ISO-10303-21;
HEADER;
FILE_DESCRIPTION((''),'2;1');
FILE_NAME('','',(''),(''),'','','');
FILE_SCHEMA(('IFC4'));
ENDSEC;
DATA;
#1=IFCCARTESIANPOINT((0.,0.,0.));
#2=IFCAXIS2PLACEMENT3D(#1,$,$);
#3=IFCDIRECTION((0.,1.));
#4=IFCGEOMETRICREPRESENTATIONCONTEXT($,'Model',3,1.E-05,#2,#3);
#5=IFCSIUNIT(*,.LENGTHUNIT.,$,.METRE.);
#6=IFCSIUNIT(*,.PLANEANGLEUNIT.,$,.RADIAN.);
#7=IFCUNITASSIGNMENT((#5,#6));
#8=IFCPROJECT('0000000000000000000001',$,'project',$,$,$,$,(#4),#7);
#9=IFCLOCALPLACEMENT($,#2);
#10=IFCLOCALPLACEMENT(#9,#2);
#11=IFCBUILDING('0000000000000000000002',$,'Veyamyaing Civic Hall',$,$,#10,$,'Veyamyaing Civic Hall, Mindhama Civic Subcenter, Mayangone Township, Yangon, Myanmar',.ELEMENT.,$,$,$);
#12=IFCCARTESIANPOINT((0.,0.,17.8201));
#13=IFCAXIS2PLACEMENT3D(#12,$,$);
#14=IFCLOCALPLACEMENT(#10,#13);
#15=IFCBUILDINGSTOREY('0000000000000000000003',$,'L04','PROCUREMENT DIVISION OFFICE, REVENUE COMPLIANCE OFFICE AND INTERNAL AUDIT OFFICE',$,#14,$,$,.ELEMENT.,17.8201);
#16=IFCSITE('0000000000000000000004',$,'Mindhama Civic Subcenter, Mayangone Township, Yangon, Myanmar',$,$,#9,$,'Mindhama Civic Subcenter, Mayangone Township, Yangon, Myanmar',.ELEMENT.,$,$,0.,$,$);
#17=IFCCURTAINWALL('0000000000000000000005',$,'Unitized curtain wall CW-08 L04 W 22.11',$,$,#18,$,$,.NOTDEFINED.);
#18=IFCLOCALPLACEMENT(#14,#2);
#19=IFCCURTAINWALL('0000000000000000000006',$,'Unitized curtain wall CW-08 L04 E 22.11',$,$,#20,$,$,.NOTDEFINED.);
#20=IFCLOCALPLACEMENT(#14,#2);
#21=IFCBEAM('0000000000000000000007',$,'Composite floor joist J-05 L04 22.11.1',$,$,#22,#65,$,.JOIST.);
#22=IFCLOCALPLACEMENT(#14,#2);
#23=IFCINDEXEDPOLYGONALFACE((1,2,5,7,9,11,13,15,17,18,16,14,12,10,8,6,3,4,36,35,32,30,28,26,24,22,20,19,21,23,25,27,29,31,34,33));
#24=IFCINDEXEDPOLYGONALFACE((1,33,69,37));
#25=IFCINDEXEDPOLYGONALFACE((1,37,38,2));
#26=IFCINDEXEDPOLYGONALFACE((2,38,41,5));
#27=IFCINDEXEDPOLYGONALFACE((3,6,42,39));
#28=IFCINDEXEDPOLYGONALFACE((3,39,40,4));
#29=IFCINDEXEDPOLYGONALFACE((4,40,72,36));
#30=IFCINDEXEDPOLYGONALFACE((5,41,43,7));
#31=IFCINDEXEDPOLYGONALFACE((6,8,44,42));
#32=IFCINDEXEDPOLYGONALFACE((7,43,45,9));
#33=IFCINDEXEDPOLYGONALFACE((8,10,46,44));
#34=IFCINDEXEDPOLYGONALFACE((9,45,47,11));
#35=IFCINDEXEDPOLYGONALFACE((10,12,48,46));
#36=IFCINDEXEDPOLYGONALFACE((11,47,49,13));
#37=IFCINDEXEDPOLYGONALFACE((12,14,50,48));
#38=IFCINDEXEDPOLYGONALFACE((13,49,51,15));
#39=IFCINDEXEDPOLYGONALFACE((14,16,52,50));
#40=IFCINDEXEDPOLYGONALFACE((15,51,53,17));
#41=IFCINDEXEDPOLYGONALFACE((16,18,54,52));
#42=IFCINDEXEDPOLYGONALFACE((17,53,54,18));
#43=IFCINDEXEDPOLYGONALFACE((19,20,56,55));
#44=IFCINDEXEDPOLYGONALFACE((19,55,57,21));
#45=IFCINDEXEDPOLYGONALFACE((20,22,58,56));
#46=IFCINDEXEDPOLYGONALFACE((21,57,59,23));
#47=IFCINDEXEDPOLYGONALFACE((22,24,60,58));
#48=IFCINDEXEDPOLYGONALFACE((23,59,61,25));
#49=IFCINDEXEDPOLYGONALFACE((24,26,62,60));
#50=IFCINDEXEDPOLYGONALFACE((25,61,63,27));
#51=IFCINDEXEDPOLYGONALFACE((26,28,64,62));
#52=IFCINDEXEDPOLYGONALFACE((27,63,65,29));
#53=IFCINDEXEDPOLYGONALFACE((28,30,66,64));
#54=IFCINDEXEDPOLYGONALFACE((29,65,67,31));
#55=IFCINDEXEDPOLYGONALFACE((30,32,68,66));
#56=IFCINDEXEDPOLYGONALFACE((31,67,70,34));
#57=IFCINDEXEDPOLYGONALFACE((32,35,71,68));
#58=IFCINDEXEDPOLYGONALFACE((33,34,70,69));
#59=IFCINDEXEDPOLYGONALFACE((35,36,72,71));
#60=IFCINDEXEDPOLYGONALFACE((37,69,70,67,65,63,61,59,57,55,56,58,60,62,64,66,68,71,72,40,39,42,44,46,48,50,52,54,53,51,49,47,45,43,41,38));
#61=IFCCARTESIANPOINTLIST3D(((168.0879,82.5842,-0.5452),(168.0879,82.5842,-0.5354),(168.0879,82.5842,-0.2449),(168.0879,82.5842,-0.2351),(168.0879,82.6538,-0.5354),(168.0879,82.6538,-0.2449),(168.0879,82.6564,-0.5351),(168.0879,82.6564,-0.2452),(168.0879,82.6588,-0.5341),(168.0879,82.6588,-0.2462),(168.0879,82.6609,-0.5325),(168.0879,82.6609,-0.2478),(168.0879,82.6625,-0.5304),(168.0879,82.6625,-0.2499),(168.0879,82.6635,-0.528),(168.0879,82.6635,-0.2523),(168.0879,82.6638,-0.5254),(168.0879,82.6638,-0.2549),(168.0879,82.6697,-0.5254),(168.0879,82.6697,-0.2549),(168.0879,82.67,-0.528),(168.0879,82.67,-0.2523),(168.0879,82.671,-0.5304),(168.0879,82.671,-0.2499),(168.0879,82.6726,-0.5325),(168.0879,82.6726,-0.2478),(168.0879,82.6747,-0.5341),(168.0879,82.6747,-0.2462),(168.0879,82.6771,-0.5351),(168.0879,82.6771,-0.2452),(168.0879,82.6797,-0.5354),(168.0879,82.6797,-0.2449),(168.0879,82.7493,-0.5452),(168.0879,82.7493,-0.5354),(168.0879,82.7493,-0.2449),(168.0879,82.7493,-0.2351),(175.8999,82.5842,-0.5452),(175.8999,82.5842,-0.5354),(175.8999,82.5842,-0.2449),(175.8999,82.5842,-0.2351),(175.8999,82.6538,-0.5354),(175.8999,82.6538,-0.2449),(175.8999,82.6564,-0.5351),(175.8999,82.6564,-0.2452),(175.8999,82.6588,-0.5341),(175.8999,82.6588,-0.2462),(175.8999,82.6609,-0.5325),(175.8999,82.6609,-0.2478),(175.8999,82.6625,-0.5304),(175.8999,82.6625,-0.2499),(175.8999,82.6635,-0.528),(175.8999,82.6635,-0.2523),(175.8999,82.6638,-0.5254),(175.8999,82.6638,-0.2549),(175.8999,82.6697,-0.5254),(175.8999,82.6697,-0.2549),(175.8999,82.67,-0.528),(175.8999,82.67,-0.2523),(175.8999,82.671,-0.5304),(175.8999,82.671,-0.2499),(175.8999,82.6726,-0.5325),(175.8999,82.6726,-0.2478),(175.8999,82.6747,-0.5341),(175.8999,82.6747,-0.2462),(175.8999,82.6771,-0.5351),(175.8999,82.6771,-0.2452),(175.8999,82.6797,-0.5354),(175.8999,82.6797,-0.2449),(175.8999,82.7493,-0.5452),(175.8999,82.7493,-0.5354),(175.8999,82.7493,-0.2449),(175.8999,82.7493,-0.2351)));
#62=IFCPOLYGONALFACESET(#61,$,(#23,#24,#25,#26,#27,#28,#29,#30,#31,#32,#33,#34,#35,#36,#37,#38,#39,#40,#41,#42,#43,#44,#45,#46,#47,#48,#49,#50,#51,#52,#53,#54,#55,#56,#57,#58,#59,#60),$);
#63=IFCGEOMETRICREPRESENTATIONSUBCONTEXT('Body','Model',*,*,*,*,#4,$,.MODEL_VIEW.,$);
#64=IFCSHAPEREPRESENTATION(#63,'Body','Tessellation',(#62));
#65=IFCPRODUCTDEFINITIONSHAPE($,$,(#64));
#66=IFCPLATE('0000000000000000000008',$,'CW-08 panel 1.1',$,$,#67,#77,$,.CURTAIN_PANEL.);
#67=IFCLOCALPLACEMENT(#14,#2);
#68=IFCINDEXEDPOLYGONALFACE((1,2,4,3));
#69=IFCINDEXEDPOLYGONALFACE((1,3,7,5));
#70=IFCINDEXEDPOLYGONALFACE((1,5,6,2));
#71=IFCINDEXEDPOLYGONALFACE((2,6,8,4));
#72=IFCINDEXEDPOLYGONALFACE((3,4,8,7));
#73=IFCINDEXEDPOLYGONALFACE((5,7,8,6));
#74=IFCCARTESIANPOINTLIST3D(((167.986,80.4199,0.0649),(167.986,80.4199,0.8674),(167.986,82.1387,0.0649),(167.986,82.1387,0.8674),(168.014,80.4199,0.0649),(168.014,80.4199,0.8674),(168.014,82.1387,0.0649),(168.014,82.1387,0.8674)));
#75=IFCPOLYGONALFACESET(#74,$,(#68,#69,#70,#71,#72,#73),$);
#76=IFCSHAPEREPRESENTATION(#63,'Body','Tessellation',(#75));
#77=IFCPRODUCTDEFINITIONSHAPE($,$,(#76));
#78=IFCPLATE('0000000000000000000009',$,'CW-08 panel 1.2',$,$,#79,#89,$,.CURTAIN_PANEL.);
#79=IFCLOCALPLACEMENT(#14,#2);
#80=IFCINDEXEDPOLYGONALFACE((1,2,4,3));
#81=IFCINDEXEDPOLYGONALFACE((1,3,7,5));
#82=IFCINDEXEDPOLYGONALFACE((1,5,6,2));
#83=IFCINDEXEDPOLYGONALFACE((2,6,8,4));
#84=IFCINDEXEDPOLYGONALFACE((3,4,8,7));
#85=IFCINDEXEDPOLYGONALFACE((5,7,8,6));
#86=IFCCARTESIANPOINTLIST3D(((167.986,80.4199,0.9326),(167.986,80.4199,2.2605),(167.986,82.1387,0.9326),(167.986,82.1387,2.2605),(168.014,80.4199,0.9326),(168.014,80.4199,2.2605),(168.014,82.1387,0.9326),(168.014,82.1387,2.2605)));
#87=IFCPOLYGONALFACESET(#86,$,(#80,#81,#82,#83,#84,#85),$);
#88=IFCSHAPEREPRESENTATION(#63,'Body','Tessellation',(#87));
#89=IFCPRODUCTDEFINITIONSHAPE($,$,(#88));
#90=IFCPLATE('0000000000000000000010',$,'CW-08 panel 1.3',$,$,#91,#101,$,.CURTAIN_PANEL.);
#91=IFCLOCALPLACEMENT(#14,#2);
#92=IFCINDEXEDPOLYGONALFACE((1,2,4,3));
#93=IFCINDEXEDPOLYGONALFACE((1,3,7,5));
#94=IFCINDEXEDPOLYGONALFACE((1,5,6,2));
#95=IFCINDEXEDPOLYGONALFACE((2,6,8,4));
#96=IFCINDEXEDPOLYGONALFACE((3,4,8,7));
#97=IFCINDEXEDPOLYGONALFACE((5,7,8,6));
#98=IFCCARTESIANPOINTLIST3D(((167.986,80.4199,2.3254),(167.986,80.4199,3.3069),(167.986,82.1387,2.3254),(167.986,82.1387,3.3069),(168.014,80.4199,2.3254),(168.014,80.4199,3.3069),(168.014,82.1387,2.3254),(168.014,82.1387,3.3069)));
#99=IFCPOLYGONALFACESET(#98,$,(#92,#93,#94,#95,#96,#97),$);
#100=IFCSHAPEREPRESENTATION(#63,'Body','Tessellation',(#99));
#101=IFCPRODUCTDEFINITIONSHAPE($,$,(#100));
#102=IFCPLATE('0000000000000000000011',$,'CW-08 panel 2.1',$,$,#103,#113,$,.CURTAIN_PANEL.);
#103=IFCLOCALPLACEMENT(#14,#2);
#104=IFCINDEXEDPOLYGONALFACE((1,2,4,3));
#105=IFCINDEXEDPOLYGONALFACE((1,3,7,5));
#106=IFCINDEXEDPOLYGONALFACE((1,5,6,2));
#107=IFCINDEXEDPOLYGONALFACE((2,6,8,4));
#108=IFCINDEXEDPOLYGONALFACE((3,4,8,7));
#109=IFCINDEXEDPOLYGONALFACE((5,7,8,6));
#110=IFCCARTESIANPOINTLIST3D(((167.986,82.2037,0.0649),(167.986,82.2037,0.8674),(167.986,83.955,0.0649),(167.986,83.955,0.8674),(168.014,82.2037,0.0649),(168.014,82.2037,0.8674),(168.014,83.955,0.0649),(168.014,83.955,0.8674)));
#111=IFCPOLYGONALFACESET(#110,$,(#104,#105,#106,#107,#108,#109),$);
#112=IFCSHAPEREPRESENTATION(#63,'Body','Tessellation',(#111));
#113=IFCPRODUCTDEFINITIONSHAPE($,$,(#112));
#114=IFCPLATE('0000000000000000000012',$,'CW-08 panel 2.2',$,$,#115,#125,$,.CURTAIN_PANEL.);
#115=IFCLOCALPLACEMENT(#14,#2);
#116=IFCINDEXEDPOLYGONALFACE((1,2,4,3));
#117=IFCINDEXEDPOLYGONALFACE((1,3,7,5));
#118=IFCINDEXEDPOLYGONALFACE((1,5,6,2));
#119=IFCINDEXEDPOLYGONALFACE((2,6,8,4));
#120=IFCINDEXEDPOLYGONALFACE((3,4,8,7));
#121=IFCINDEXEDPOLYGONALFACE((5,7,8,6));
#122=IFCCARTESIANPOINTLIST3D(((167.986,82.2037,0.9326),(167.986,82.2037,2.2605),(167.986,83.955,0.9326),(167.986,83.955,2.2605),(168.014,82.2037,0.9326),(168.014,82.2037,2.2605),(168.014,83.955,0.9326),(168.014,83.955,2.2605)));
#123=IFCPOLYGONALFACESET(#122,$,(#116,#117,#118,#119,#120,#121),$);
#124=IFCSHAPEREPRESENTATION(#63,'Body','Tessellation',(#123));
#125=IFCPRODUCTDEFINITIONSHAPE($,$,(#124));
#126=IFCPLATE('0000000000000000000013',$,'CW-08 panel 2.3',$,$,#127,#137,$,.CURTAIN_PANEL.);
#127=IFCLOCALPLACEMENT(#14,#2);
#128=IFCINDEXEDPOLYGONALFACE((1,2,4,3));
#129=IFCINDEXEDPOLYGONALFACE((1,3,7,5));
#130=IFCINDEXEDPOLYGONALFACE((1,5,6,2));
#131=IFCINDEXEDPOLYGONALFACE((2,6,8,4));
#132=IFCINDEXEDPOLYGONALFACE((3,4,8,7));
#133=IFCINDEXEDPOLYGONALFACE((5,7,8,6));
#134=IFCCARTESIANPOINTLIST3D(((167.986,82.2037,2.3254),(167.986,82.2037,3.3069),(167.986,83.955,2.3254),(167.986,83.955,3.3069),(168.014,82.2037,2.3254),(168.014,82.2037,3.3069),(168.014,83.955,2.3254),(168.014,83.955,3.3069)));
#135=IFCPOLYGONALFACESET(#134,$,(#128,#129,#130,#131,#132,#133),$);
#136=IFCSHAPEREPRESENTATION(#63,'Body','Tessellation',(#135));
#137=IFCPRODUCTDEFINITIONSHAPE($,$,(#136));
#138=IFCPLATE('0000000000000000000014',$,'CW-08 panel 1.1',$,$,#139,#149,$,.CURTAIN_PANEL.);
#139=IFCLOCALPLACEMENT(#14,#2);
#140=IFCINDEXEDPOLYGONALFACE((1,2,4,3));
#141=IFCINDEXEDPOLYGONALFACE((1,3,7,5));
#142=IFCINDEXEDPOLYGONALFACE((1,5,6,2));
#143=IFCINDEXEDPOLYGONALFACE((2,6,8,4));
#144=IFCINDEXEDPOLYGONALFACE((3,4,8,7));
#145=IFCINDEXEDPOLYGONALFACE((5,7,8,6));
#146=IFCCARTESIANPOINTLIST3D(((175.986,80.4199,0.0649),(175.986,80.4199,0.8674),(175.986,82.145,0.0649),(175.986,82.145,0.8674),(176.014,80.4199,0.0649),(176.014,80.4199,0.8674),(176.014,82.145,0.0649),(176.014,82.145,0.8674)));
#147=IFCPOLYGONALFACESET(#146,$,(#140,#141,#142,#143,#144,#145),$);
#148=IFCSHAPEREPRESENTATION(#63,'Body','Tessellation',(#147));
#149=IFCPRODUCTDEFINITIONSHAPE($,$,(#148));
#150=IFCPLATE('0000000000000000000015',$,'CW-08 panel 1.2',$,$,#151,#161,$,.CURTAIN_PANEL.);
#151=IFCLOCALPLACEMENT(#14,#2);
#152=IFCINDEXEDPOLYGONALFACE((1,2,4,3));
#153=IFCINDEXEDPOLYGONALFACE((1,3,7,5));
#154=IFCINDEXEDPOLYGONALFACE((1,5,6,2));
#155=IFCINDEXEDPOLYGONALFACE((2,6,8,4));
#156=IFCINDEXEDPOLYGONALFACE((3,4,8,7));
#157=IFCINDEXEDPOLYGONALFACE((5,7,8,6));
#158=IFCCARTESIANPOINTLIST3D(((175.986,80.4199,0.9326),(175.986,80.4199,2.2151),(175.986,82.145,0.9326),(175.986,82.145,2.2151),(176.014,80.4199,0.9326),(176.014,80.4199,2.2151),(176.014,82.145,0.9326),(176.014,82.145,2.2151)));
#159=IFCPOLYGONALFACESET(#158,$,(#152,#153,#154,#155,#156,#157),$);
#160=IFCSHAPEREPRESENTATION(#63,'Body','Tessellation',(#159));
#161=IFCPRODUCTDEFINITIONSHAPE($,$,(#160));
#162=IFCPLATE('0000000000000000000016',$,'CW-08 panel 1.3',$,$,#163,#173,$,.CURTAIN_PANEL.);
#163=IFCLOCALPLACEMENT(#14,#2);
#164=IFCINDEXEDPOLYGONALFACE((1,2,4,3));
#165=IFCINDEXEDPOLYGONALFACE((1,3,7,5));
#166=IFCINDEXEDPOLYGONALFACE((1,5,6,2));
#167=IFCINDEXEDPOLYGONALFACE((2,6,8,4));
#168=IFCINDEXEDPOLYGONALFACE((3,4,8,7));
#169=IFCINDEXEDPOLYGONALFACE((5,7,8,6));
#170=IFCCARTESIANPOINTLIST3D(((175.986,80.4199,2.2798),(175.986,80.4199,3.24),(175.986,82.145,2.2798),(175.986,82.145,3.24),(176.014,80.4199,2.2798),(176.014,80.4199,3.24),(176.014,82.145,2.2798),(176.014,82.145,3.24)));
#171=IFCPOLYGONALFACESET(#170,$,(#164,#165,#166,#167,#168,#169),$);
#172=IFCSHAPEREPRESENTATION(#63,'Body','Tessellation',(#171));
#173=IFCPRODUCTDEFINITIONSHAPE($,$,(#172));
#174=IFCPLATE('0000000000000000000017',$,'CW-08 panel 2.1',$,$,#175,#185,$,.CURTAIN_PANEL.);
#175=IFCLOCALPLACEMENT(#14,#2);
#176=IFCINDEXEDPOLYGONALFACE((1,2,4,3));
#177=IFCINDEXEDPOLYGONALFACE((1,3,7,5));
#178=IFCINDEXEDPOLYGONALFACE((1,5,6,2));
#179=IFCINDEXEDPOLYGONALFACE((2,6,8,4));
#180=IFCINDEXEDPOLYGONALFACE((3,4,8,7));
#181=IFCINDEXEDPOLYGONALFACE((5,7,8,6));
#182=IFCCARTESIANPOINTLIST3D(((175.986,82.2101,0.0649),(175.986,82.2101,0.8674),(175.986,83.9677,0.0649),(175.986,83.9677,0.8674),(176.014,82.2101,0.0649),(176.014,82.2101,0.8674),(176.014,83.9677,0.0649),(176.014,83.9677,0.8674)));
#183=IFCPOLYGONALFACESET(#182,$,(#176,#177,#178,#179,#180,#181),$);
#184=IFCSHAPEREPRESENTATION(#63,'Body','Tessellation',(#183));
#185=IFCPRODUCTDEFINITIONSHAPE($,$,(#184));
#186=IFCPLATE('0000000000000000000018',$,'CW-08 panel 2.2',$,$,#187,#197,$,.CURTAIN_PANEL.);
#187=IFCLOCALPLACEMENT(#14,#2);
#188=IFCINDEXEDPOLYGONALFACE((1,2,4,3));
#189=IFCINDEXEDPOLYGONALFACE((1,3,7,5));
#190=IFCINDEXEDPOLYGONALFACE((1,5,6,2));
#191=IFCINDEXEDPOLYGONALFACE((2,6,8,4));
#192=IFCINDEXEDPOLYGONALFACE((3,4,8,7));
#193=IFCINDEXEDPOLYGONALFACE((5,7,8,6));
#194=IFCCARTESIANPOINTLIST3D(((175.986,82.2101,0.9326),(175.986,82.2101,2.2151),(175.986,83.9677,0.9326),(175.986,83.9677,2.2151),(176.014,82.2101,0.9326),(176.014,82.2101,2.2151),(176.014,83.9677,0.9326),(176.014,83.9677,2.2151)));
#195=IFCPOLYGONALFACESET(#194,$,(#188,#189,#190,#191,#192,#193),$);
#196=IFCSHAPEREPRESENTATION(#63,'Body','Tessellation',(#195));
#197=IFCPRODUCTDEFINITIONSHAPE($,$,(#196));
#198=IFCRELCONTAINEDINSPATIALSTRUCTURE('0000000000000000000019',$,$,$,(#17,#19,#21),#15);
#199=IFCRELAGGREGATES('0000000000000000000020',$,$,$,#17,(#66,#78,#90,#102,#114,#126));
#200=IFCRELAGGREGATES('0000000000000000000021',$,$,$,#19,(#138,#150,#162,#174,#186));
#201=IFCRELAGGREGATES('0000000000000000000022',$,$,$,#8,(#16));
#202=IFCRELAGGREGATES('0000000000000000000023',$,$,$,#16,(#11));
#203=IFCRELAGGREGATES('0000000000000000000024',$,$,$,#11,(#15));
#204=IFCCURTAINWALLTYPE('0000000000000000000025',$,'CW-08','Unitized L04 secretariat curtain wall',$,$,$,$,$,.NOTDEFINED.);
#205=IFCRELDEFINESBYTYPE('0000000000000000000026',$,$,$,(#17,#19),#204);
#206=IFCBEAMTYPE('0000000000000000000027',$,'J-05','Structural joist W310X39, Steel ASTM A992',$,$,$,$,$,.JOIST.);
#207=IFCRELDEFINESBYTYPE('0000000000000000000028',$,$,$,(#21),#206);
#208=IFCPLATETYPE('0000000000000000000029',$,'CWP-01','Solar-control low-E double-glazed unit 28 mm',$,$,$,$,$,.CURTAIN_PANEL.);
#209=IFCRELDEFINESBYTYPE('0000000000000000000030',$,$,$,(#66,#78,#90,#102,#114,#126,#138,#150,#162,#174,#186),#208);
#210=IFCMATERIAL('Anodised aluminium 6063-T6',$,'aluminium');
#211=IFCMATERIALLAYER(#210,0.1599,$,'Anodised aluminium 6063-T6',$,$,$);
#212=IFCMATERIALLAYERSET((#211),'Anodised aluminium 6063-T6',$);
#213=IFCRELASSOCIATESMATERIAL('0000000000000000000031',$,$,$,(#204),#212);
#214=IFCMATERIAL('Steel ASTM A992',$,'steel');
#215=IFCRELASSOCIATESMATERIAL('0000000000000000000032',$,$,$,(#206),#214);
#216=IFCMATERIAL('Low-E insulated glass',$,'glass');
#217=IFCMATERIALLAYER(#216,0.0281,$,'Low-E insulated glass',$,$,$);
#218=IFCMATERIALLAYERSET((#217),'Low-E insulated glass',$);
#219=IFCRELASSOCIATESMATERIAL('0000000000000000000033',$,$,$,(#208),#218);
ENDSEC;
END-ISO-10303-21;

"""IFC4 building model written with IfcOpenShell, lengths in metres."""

from ifc_helpers import new_model, si_unit, direction, frame, origin, origin_2d, place, context, subcontext, project, spatial, rectangle, i_section, extrude, material, layer, layer_set, material_profile, profile_set, type_object, element, aggregate, save


model = new_model("IFC4")

# Units and contexts
model_context = context("Model", 3, precision=1e-05, world=origin(), true_north=direction((0.0, 1.0)))
body_context = subcontext(model_context, "Body", "Model", "MODEL_VIEW")
ifc_project = project(units=[si_unit("LENGTHUNIT", "METRE"), si_unit("PLANEANGLEUNIT", "RADIAN")], contexts=[model_context])

# Site, building, storey
site_placement = place(None, origin())
site = spatial("IfcSite", under=ifc_project, at=site_placement, Name="Mindhama Civic Subcenter, Mayangone Township, Yangon, Myanmar", LongName="Mindhama Civic Subcenter, Mayangone Township, Yangon, Myanmar", CompositionType="ELEMENT", RefElevation=0.0)
building_placement = place(site_placement, origin())
building = spatial("IfcBuilding", under=site, at=building_placement, Name="Veyamyaing Civic Hall", LongName="Veyamyaing Civic Hall, Mindhama Civic Subcenter, Mayangone Township, Yangon, Myanmar", CompositionType="ELEMENT")
storey_placement = place(building_placement, frame((0.0, 0.0, 17.8201)))
storey = spatial("IfcBuildingStorey", under=building, at=storey_placement, Name="L04", Description="PROCUREMENT DIVISION OFFICE, REVENUE COMPLIANCE OFFICE AND INTERNAL AUDIT OFFICE", CompositionType="ELEMENT", Elevation=17.8201)

# Curtain walls
ifc_material_1 = material(Name="Anodised aluminium 6063-T6", Category="aluminium")
ifc_layer_1 = layer(ifc_material_1, 0.1599, Name="Anodised aluminium 6063-T6")
ifc_layer_set_1 = layer_set([ifc_layer_1], Name="Anodised aluminium 6063-T6")
curtain_wall_type = type_object("IfcCurtainWallType", Name="CW-08", Description="Unitized L04 secretariat curtain wall", PredefinedType="NOTDEFINED", material=ifc_layer_set_1)
curtain_wall_1_placement = place(storey_placement, origin())
curtain_wall_1 = element("IfcCurtainWall", 1, at=curtain_wall_1_placement, inside=storey, type_object=curtain_wall_type, Name="Unitized curtain wall CW-08 L04 W 22.11", PredefinedType="NOTDEFINED")
curtain_wall_2_placement = place(storey_placement, origin())
curtain_wall_2 = element("IfcCurtainWall", 2, at=curtain_wall_2_placement, inside=storey, type_object=curtain_wall_type, Name="Unitized curtain wall CW-08 L04 E 22.11", PredefinedType="NOTDEFINED")

# Beam
ifc_material_2 = material(Name="Steel ASTM A992", Category="steel")
ifc_material_profile_1 = material_profile(ifc_material_2, i_section(OverallWidth=0.165, OverallDepth=0.3101, WebThickness=0.0059, FlangeThickness=0.0098, FilletRadius=0.01, at=origin_2d()), Name="W310X39")
ifc_profile_set_1 = profile_set([ifc_material_profile_1], Name="Steel ASTM A992")
beam_type = type_object("IfcBeamType", Name="J-05", Description="Structural joist W310X39, Steel ASTM A992", PredefinedType="JOIST", material=ifc_profile_set_1)
beam_placement = place(storey_placement, frame((168.0879, 82.6667, -0.3901), z_axis=(1.0, 0.0, 0.0), x_axis=(0.0, 1.0, 0.0)))
element("IfcBeam", 3, at=beam_placement, inside=storey, type_object=beam_type, Name="Composite floor joist J-05 L04 22.11.1", PredefinedType="JOIST", context=body_context, shape_type="SweptSolid", body=[
    extrude(i_section(OverallWidth=0.165, OverallDepth=0.3101, WebThickness=0.0059, FlangeThickness=0.0098, FilletRadius=0.01, at=origin_2d()), origin(), (0.0, 0.0, 1.0), 7.812),
])

# Plates
ifc_material_3 = material(Name="Low-E insulated glass", Category="glass")
ifc_layer_2 = layer(ifc_material_3, 0.0281, Name="Low-E insulated glass")
ifc_layer_set_2 = layer_set([ifc_layer_2], Name="Low-E insulated glass")
plate_type = type_object("IfcPlateType", Name="CWP-01", Description="Solar-control low-E double-glazed unit 28 mm", PredefinedType="CURTAIN_PANEL", material=ifc_layer_set_2)
plate_1_placement = place(storey_placement, frame((168.0, 81.2793, 0.0649), z_axis=(0.0, 0.0, 1.0), x_axis=(0.0, 1.0, 0.0)))
plate_1 = element("IfcPlate", 4, at=plate_1_placement, type_object=plate_type, Name="CW-08 panel 1.1", PredefinedType="CURTAIN_PANEL", context=body_context, shape_type="SweptSolid", body=[
    extrude(rectangle(XDim=1.7188, YDim=0.0281, at=origin_2d()), origin(), (0.0, 0.0, 1.0), 0.8025),
])
plate_2_placement = place(storey_placement, frame((168.0, 81.2793, 0.9326), z_axis=(0.0, 0.0, 1.0), x_axis=(0.0, 1.0, 0.0)))
plate_2 = element("IfcPlate", 5, at=plate_2_placement, type_object=plate_type, Name="CW-08 panel 1.2", PredefinedType="CURTAIN_PANEL", context=body_context, shape_type="SweptSolid", body=[
    extrude(rectangle(XDim=1.7188, YDim=0.0281, at=origin_2d()), origin(), (0.0, 0.0, 1.0), 1.3279),
])
plate_3_placement = place(storey_placement, frame((168.0, 81.2793, 2.3254), z_axis=(0.0, 0.0, 1.0), x_axis=(0.0, 1.0, 0.0)))
plate_3 = element("IfcPlate", 6, at=plate_3_placement, type_object=plate_type, Name="CW-08 panel 1.3", PredefinedType="CURTAIN_PANEL", context=body_context, shape_type="SweptSolid", body=[
    extrude(rectangle(XDim=1.7188, YDim=0.0281, at=origin_2d()), origin(), (0.0, 0.0, 1.0), 0.9814),
])
plate_4_placement = place(storey_placement, frame((168.0, 83.0793, 0.0649), z_axis=(0.0, 0.0, 1.0), x_axis=(0.0, 1.0, 0.0)))
plate_4 = element("IfcPlate", 7, at=plate_4_placement, type_object=plate_type, Name="CW-08 panel 2.1", PredefinedType="CURTAIN_PANEL", context=body_context, shape_type="SweptSolid", body=[
    extrude(rectangle(XDim=1.7512, YDim=0.0281, at=origin_2d()), origin(), (0.0, 0.0, 1.0), 0.8025),
])
plate_5_placement = place(storey_placement, frame((168.0, 83.0793, 0.9326), z_axis=(0.0, 0.0, 1.0), x_axis=(0.0, 1.0, 0.0)))
plate_5 = element("IfcPlate", 8, at=plate_5_placement, type_object=plate_type, Name="CW-08 panel 2.2", PredefinedType="CURTAIN_PANEL", context=body_context, shape_type="SweptSolid", body=[
    extrude(rectangle(XDim=1.7512, YDim=0.0281, at=origin_2d()), origin(), (0.0, 0.0, 1.0), 1.3279),
])
plate_6_placement = place(storey_placement, frame((168.0, 83.0793, 2.3254), z_axis=(0.0, 0.0, 1.0), x_axis=(0.0, 1.0, 0.0)))
plate_6 = element("IfcPlate", 9, at=plate_6_placement, type_object=plate_type, Name="CW-08 panel 2.3", PredefinedType="CURTAIN_PANEL", context=body_context, shape_type="SweptSolid", body=[
    extrude(rectangle(XDim=1.7512, YDim=0.0281, at=origin_2d()), origin(), (0.0, 0.0, 1.0), 0.9814),
])
aggregate(curtain_wall_1, [plate_1, plate_2, plate_3, plate_4, plate_5, plate_6])
plate_7_placement = place(storey_placement, frame((176.0, 81.2825, 0.0649), z_axis=(0.0, 0.0, 1.0), x_axis=(0.0, 1.0, 0.0)))
plate_7 = element("IfcPlate", 10, at=plate_7_placement, type_object=plate_type, Name="CW-08 panel 1.1", PredefinedType="CURTAIN_PANEL", context=body_context, shape_type="SweptSolid", body=[
    extrude(rectangle(XDim=1.7251, YDim=0.0281, at=origin_2d()), origin(), (0.0, 0.0, 1.0), 0.8025),
])
plate_8_placement = place(storey_placement, frame((176.0, 81.2825, 0.9326), z_axis=(0.0, 0.0, 1.0), x_axis=(0.0, 1.0, 0.0)))
plate_8 = element("IfcPlate", 11, at=plate_8_placement, type_object=plate_type, Name="CW-08 panel 1.2", PredefinedType="CURTAIN_PANEL", context=body_context, shape_type="SweptSolid", body=[
    extrude(rectangle(XDim=1.7251, YDim=0.0281, at=origin_2d()), origin(), (0.0, 0.0, 1.0), 1.2825),
])
plate_9_placement = place(storey_placement, frame((176.0, 81.2825, 2.2798), z_axis=(0.0, 0.0, 1.0), x_axis=(0.0, 1.0, 0.0)))
plate_9 = element("IfcPlate", 12, at=plate_9_placement, type_object=plate_type, Name="CW-08 panel 1.3", PredefinedType="CURTAIN_PANEL", context=body_context, shape_type="SweptSolid", body=[
    extrude(rectangle(XDim=1.7251, YDim=0.0281, at=origin_2d()), origin(), (0.0, 0.0, 1.0), 0.9602),
])
plate_10_placement = place(storey_placement, frame((176.0, 83.0889, 0.0649), z_axis=(0.0, 0.0, 1.0), x_axis=(0.0, 1.0, 0.0)))
plate_10 = element("IfcPlate", 13, at=plate_10_placement, type_object=plate_type, Name="CW-08 panel 2.1", PredefinedType="CURTAIN_PANEL", context=body_context, shape_type="SweptSolid", body=[
    extrude(rectangle(XDim=1.7576, YDim=0.0281, at=origin_2d()), origin(), (0.0, 0.0, 1.0), 0.8025),
])
plate_11_placement = place(storey_placement, frame((176.0, 83.0889, 0.9326), z_axis=(0.0, 0.0, 1.0), x_axis=(0.0, 1.0, 0.0)))
plate_11 = element("IfcPlate", 14, at=plate_11_placement, type_object=plate_type, Name="CW-08 panel 2.2", PredefinedType="CURTAIN_PANEL", context=body_context, shape_type="SweptSolid", body=[
    extrude(rectangle(XDim=1.7576, YDim=0.0281, at=origin_2d()), origin(), (0.0, 0.0, 1.0), 1.2825),
])
aggregate(curtain_wall_2, [plate_7, plate_8, plate_9, plate_10, plate_11])

save(model, "model.ifc")
